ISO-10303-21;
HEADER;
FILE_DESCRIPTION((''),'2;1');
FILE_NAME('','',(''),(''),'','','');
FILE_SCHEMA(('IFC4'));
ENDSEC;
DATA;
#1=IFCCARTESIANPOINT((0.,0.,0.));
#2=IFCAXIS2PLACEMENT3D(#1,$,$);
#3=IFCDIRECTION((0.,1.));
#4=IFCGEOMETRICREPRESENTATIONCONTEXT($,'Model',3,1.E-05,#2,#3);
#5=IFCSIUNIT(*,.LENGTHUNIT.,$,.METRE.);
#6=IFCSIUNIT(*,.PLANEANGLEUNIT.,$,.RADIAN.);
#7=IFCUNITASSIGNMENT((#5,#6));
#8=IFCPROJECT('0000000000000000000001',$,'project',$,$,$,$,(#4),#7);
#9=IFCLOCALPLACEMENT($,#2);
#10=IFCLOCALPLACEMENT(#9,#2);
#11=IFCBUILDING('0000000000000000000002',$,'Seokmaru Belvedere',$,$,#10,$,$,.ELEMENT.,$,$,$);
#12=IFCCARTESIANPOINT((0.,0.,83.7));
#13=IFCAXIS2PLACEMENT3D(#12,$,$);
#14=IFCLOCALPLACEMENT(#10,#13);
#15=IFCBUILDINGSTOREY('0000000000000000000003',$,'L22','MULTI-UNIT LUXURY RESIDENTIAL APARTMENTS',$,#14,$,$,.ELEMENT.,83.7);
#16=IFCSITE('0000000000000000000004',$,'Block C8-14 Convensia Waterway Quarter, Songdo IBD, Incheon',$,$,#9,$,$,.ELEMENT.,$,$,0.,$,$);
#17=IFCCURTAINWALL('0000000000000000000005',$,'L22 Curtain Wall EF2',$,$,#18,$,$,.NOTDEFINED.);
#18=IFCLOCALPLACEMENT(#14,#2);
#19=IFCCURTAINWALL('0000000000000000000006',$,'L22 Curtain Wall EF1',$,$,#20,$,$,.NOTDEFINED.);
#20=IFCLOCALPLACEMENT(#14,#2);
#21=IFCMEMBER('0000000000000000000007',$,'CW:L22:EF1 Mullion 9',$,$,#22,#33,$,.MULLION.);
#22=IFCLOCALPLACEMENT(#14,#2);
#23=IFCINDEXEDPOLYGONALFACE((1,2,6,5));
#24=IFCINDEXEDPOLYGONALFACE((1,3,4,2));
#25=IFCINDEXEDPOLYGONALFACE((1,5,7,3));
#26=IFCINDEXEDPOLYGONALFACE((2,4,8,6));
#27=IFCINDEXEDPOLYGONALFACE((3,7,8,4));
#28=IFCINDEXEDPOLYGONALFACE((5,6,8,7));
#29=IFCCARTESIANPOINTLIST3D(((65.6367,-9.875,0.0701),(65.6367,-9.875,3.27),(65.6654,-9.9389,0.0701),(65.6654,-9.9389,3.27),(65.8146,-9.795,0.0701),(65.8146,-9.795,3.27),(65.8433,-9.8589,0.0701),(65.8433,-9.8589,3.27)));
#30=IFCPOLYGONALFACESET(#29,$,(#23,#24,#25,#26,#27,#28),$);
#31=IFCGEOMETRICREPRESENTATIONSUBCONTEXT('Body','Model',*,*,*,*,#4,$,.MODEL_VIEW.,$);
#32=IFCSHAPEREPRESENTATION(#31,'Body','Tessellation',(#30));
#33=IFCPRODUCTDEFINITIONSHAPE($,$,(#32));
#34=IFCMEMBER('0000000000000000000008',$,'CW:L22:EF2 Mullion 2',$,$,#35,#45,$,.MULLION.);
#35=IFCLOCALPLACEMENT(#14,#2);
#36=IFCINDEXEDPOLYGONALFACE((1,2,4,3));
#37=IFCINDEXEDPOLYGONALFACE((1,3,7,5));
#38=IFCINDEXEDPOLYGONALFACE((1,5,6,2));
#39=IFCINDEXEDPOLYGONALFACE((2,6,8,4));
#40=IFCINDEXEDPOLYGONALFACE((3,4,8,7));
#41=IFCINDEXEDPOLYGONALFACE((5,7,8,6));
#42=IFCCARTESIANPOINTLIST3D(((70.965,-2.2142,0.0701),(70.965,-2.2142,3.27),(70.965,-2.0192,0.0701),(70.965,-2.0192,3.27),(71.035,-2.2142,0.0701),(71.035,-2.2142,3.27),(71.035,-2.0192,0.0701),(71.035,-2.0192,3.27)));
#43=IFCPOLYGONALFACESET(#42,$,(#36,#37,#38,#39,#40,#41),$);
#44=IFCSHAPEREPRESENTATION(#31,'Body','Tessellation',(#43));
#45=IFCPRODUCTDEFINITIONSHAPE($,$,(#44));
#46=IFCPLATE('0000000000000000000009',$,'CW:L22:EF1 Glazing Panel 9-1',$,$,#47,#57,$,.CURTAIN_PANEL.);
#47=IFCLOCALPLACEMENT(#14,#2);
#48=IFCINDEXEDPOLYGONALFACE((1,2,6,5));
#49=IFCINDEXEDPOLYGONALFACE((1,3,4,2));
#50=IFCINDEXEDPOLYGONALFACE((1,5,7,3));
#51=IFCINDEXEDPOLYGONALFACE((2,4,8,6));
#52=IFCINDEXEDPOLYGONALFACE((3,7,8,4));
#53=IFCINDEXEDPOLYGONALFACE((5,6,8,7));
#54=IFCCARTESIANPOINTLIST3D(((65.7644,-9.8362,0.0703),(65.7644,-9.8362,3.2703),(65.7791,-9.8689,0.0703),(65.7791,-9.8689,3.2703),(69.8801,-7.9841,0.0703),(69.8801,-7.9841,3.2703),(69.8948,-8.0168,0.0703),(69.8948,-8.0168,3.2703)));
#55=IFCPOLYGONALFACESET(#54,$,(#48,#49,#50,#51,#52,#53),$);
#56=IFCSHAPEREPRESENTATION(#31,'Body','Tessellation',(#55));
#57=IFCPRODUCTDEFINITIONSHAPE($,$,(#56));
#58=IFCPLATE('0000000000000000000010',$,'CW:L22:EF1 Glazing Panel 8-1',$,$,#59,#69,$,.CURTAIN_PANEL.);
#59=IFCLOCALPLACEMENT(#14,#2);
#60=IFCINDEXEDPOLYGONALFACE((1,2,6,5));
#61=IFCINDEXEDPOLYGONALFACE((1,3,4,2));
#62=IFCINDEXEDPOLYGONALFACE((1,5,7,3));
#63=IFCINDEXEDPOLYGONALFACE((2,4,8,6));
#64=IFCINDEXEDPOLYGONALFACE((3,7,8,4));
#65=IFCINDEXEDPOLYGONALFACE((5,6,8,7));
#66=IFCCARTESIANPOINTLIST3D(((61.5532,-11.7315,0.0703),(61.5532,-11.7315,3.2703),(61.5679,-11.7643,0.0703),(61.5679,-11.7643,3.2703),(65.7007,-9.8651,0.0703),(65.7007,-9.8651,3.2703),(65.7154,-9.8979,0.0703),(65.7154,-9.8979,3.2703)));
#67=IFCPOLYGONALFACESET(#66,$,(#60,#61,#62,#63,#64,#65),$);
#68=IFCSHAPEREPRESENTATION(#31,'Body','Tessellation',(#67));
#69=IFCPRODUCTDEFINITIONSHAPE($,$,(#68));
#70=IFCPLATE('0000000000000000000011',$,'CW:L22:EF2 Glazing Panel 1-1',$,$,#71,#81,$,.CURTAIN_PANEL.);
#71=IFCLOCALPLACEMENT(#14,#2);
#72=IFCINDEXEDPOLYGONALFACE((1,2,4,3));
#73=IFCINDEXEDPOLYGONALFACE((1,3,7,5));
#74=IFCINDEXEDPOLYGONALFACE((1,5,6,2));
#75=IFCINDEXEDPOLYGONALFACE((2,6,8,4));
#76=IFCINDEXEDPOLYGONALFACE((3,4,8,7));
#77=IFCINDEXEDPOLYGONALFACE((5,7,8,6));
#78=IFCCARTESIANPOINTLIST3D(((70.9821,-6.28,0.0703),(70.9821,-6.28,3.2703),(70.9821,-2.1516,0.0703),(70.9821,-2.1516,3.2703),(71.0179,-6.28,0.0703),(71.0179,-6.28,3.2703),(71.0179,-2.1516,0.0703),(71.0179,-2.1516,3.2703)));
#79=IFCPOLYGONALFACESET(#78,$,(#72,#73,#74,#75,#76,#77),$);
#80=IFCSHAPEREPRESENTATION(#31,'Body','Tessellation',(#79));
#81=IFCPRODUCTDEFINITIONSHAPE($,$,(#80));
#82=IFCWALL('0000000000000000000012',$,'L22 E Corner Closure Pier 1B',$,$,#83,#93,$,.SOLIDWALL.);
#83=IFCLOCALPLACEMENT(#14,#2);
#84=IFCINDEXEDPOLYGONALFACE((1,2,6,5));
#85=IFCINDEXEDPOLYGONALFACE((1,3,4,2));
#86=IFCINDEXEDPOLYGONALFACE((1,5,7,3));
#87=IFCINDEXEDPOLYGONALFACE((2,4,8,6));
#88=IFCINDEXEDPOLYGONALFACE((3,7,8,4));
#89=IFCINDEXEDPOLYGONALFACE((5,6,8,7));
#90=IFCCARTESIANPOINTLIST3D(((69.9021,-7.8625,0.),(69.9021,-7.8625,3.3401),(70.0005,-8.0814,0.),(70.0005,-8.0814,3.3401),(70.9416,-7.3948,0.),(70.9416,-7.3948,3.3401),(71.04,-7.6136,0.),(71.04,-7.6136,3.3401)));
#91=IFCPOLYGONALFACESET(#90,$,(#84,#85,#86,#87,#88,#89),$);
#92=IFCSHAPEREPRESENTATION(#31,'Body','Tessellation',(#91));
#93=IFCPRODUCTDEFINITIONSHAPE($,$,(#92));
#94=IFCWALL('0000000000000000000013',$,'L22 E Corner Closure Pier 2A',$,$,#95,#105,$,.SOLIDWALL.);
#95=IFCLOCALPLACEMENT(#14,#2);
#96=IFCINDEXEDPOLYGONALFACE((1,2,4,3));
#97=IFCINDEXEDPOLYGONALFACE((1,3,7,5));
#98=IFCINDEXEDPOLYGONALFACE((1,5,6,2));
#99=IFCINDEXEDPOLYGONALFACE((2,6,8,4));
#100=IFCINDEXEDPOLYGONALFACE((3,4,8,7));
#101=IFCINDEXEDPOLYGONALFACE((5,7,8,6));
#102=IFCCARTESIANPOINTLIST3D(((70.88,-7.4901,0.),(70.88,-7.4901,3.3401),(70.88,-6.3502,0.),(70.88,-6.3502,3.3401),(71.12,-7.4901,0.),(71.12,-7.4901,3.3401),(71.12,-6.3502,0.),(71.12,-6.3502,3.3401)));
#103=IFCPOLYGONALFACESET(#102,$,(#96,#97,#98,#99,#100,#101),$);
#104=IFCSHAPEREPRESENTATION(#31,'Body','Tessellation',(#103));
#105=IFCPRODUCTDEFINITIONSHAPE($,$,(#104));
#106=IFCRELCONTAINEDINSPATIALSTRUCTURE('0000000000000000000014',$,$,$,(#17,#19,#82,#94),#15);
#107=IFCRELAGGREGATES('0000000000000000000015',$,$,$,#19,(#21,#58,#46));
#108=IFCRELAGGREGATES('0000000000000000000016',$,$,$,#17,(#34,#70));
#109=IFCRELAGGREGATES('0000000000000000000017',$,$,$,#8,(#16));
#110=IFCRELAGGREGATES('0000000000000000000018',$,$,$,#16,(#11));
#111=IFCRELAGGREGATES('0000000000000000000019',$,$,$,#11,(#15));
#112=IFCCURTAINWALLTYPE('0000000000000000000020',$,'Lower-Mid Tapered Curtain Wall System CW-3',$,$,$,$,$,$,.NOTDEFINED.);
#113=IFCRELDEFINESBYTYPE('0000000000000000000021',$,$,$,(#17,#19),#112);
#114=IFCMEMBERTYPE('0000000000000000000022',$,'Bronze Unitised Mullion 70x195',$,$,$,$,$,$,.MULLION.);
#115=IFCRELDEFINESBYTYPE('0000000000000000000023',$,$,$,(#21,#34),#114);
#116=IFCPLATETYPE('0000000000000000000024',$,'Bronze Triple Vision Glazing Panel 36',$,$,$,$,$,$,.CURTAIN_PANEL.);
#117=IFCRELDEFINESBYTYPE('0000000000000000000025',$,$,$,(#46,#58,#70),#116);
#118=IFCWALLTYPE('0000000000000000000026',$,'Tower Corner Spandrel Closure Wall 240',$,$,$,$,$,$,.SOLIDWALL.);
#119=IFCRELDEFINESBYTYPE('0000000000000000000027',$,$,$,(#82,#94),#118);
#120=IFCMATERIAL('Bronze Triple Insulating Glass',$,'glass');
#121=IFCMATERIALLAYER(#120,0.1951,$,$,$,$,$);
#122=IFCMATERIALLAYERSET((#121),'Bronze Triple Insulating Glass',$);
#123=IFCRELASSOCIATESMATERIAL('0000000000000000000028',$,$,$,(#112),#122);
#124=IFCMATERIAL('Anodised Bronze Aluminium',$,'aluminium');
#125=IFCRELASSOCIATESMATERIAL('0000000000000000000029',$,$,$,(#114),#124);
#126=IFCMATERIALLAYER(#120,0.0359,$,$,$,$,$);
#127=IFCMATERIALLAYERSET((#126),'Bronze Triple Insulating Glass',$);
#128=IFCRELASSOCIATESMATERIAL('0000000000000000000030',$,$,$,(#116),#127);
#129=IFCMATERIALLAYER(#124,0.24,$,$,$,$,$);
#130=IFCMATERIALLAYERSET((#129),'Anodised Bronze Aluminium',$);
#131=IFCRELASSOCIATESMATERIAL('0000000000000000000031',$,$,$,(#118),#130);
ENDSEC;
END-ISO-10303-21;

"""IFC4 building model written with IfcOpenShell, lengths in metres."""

from ifc_helpers import new_model, si_unit, direction, frame, frame_2d, origin, origin_2d, place, context, subcontext, project, spatial, rectangle, extrude, source, transform, mapped, material, layer, layer_set, material_profile, profile_set, type_object, type_shapes, element, aggregate, save


model = new_model("IFC4")

# Units and contexts
model_context = context("Model", 3, precision=1e-05, world=origin(), true_north=direction((0.0, 1.0)))
body_context = subcontext(model_context, "Body", "Model", "MODEL_VIEW")
ifc_project = project(units=[si_unit("LENGTHUNIT", "METRE"), si_unit("PLANEANGLEUNIT", "RADIAN")], contexts=[model_context])

# Site, building, storey
site_placement = place(None, origin())
site = spatial("IfcSite", under=ifc_project, at=site_placement, Name="Block C8-14 Convensia Waterway Quarter, Songdo IBD, Incheon", CompositionType="ELEMENT", RefElevation=0.0)
building_placement = place(site_placement, origin())
building = spatial("IfcBuilding", under=site, at=building_placement, Name="Seokmaru Belvedere", CompositionType="ELEMENT")
storey_placement = place(building_placement, frame((0.0, 0.0, 83.7)))
storey = spatial("IfcBuildingStorey", under=building, at=storey_placement, Name="L22", Description="MULTI-UNIT LUXURY RESIDENTIAL APARTMENTS", CompositionType="ELEMENT", Elevation=83.7)

# Curtain wall
ifc_material_1 = material(Name="Bronze Triple Insulating Glass", Category="glass")
ifc_layer_1 = layer(ifc_material_1, 0.1951)
ifc_layer_set_1 = layer_set([ifc_layer_1], Name="Bronze Triple Insulating Glass")
curtain_wall_type = type_object("IfcCurtainWallType", Name="Lower-Mid Tapered Curtain Wall System CW-3", PredefinedType="NOTDEFINED", material=ifc_layer_set_1)
curtain_wall_1_placement = place(storey_placement, origin())
curtain_wall_1 = element("IfcCurtainWall", 1, at=curtain_wall_1_placement, inside=storey, type_object=curtain_wall_type, Name="L22 Curtain Wall EF2", PredefinedType="NOTDEFINED")
ifc_material_2 = material(Name="Anodised Bronze Aluminium", Category="aluminium")

# Curtain wall
curtain_wall_2_placement = place(storey_placement, origin())
curtain_wall_2 = element("IfcCurtainWall", 2, at=curtain_wall_2_placement, inside=storey, type_object=curtain_wall_type, Name="L22 Curtain Wall EF1", PredefinedType="NOTDEFINED")
ifc_material_profile_1 = material_profile(ifc_material_2, rectangle(XDim=0.0701, YDim=0.1951, at=origin_2d()), Name="CW-M-70x195")
ifc_profile_set_1 = profile_set([ifc_material_profile_1], Name="Anodised Bronze Aluminium")
member_type_1 = type_object("IfcMemberType", Name="Bronze Unitised Mullion 70x195", PredefinedType="MULLION", material=ifc_profile_set_1)

# Members
shared_shape_1 = source(origin(), body_context, "Body", "SweptSolid", [
    extrude(rectangle(XDim=0.0701, YDim=0.1951, at=origin_2d()), origin(), (0.0, 0.0, 1.0), 3.2),
])
member_1_placement = place(storey_placement, frame((65.74, -9.8669, 0.0701), z_axis=(0.0, 0.0, 1.0), x_axis=(-0.410366, 0.911921, 0.0)))
member_1 = element("IfcMember", 3, at=member_1_placement, type_object=member_type_1, Name="CW:L22:EF1 Mullion 9", PredefinedType="MULLION", context=body_context, shape_type="MappedRepresentation", body=[
    mapped(shared_shape_1, transform((0.0, 0.0, 0.0), scale=1.0)),
])
member_2_placement = place(storey_placement, frame((71.0, -2.1167, 0.0701), z_axis=(0.0, 0.0, 1.0), x_axis=(-1.0, 0.0, 0.0)))
member_2 = element("IfcMember", 4, at=member_2_placement, type_object=member_type_1, Name="CW:L22:EF2 Mullion 2", PredefinedType="MULLION", context=body_context, shape_type="MappedRepresentation", body=[
    mapped(shared_shape_1, transform((0.0, 0.0, 0.0), scale=1.0)),
])

# Plates
ifc_layer_2 = layer(ifc_material_1, 0.0359)
ifc_layer_set_2 = layer_set([ifc_layer_2], Name="Bronze Triple Insulating Glass")
plate_type = type_object("IfcPlateType", Name="Bronze Triple Vision Glazing Panel 36", PredefinedType="CURTAIN_PANEL", material=ifc_layer_set_2)
shared_shape_2 = source(origin(), body_context, "Body", "SweptSolid", [
    extrude(rectangle(XDim=4.5132, YDim=0.0359, at=origin_2d()), origin(), (0.0, 0.0, 1.0), 3.2),
])
plate_1_placement = place(storey_placement, frame((67.8296, -8.9265, 0.0703), z_axis=(0.0, 0.0, 1.0), x_axis=(0.911921, 0.410366, 0.0)))
plate_1 = element("IfcPlate", 5, at=plate_1_placement, type_object=plate_type, Name="CW:L22:EF1 Glazing Panel 9-1", PredefinedType="CURTAIN_PANEL", context=body_context, shape_type="MappedRepresentation", body=[
    mapped(shared_shape_2, transform((0.0, 0.0, 0.0), scale=1.0)),
])
shared_shape_3 = source(origin(), body_context, "Body", "SweptSolid", [
    extrude(rectangle(XDim=4.5481, YDim=0.0359, at=origin_2d()), origin(), (0.0, 0.0, 1.0), 3.2),
])
plate_2_placement = place(storey_placement, frame((63.6343, -10.8147, 0.0703), z_axis=(0.0, 0.0, 1.0), x_axis=(0.911921, 0.410366, 0.0)))
plate_2 = element("IfcPlate", 6, at=plate_2_placement, type_object=plate_type, Name="CW:L22:EF1 Glazing Panel 8-1", PredefinedType="CURTAIN_PANEL", context=body_context, shape_type="MappedRepresentation", body=[
    mapped(shared_shape_3, transform((0.0, 0.0, 0.0), scale=1.0)),
])
aggregate(curtain_wall_2, [member_1, plate_2, plate_1])
shared_shape_4 = source(origin(), body_context, "Body", "SweptSolid", [
    extrude(rectangle(XDim=4.1284, YDim=0.0359, at=origin_2d()), origin(), (0.0, 0.0, 1.0), 3.2),
])
type_shapes(plate_type, [shared_shape_2, shared_shape_3, shared_shape_4])
plate_3_placement = place(storey_placement, frame((71.0, -4.2158, 0.0703), z_axis=(0.0, 0.0, 1.0), x_axis=(0.0, 1.0, 0.0)))
plate_3 = element("IfcPlate", 7, at=plate_3_placement, type_object=plate_type, Name="CW:L22:EF2 Glazing Panel 1-1", PredefinedType="CURTAIN_PANEL", context=body_context, shape_type="MappedRepresentation", body=[
    mapped(shared_shape_4, transform((0.0, 0.0, 0.0), scale=1.0)),
])
aggregate(curtain_wall_1, [member_2, plate_3])

# Walls
ifc_layer_3 = layer(ifc_material_2, 0.24)
ifc_layer_set_3 = layer_set([ifc_layer_3], Name="Anodised Bronze Aluminium")
wall_type = type_object("IfcWallType", Name="Tower Corner Spandrel Closure Wall 240", PredefinedType="SOLIDWALL", material=ifc_layer_set_3)
for number, where, z_axis, x_axis, name in (
    (8, (69.9514, -7.9719, 0.0), (0.0, 0.0, 1.0), (0.91193, 0.410347, 0.0), "L22 E Corner Closure Pier 1B"),
    (9, (71.0, -7.49, 0.0), (0.0, 0.0, 1.0), (0.0, 1.0, 0.0), "L22 E Corner Closure Pier 2A"),
):
    element("IfcWall", number, at=place(storey_placement, frame(where, z_axis=z_axis, x_axis=x_axis)), inside=storey, type_object=wall_type, Name=name, PredefinedType="SOLIDWALL", context=body_context, shape_type="SweptSolid", body=[
        extrude(rectangle(XDim=1.1399, YDim=0.24, at=frame_2d((0.5698, 0.0))), origin(), (0.0, 0.0, 1.0), 3.3401),
    ])

save(model, "model.ifc")
